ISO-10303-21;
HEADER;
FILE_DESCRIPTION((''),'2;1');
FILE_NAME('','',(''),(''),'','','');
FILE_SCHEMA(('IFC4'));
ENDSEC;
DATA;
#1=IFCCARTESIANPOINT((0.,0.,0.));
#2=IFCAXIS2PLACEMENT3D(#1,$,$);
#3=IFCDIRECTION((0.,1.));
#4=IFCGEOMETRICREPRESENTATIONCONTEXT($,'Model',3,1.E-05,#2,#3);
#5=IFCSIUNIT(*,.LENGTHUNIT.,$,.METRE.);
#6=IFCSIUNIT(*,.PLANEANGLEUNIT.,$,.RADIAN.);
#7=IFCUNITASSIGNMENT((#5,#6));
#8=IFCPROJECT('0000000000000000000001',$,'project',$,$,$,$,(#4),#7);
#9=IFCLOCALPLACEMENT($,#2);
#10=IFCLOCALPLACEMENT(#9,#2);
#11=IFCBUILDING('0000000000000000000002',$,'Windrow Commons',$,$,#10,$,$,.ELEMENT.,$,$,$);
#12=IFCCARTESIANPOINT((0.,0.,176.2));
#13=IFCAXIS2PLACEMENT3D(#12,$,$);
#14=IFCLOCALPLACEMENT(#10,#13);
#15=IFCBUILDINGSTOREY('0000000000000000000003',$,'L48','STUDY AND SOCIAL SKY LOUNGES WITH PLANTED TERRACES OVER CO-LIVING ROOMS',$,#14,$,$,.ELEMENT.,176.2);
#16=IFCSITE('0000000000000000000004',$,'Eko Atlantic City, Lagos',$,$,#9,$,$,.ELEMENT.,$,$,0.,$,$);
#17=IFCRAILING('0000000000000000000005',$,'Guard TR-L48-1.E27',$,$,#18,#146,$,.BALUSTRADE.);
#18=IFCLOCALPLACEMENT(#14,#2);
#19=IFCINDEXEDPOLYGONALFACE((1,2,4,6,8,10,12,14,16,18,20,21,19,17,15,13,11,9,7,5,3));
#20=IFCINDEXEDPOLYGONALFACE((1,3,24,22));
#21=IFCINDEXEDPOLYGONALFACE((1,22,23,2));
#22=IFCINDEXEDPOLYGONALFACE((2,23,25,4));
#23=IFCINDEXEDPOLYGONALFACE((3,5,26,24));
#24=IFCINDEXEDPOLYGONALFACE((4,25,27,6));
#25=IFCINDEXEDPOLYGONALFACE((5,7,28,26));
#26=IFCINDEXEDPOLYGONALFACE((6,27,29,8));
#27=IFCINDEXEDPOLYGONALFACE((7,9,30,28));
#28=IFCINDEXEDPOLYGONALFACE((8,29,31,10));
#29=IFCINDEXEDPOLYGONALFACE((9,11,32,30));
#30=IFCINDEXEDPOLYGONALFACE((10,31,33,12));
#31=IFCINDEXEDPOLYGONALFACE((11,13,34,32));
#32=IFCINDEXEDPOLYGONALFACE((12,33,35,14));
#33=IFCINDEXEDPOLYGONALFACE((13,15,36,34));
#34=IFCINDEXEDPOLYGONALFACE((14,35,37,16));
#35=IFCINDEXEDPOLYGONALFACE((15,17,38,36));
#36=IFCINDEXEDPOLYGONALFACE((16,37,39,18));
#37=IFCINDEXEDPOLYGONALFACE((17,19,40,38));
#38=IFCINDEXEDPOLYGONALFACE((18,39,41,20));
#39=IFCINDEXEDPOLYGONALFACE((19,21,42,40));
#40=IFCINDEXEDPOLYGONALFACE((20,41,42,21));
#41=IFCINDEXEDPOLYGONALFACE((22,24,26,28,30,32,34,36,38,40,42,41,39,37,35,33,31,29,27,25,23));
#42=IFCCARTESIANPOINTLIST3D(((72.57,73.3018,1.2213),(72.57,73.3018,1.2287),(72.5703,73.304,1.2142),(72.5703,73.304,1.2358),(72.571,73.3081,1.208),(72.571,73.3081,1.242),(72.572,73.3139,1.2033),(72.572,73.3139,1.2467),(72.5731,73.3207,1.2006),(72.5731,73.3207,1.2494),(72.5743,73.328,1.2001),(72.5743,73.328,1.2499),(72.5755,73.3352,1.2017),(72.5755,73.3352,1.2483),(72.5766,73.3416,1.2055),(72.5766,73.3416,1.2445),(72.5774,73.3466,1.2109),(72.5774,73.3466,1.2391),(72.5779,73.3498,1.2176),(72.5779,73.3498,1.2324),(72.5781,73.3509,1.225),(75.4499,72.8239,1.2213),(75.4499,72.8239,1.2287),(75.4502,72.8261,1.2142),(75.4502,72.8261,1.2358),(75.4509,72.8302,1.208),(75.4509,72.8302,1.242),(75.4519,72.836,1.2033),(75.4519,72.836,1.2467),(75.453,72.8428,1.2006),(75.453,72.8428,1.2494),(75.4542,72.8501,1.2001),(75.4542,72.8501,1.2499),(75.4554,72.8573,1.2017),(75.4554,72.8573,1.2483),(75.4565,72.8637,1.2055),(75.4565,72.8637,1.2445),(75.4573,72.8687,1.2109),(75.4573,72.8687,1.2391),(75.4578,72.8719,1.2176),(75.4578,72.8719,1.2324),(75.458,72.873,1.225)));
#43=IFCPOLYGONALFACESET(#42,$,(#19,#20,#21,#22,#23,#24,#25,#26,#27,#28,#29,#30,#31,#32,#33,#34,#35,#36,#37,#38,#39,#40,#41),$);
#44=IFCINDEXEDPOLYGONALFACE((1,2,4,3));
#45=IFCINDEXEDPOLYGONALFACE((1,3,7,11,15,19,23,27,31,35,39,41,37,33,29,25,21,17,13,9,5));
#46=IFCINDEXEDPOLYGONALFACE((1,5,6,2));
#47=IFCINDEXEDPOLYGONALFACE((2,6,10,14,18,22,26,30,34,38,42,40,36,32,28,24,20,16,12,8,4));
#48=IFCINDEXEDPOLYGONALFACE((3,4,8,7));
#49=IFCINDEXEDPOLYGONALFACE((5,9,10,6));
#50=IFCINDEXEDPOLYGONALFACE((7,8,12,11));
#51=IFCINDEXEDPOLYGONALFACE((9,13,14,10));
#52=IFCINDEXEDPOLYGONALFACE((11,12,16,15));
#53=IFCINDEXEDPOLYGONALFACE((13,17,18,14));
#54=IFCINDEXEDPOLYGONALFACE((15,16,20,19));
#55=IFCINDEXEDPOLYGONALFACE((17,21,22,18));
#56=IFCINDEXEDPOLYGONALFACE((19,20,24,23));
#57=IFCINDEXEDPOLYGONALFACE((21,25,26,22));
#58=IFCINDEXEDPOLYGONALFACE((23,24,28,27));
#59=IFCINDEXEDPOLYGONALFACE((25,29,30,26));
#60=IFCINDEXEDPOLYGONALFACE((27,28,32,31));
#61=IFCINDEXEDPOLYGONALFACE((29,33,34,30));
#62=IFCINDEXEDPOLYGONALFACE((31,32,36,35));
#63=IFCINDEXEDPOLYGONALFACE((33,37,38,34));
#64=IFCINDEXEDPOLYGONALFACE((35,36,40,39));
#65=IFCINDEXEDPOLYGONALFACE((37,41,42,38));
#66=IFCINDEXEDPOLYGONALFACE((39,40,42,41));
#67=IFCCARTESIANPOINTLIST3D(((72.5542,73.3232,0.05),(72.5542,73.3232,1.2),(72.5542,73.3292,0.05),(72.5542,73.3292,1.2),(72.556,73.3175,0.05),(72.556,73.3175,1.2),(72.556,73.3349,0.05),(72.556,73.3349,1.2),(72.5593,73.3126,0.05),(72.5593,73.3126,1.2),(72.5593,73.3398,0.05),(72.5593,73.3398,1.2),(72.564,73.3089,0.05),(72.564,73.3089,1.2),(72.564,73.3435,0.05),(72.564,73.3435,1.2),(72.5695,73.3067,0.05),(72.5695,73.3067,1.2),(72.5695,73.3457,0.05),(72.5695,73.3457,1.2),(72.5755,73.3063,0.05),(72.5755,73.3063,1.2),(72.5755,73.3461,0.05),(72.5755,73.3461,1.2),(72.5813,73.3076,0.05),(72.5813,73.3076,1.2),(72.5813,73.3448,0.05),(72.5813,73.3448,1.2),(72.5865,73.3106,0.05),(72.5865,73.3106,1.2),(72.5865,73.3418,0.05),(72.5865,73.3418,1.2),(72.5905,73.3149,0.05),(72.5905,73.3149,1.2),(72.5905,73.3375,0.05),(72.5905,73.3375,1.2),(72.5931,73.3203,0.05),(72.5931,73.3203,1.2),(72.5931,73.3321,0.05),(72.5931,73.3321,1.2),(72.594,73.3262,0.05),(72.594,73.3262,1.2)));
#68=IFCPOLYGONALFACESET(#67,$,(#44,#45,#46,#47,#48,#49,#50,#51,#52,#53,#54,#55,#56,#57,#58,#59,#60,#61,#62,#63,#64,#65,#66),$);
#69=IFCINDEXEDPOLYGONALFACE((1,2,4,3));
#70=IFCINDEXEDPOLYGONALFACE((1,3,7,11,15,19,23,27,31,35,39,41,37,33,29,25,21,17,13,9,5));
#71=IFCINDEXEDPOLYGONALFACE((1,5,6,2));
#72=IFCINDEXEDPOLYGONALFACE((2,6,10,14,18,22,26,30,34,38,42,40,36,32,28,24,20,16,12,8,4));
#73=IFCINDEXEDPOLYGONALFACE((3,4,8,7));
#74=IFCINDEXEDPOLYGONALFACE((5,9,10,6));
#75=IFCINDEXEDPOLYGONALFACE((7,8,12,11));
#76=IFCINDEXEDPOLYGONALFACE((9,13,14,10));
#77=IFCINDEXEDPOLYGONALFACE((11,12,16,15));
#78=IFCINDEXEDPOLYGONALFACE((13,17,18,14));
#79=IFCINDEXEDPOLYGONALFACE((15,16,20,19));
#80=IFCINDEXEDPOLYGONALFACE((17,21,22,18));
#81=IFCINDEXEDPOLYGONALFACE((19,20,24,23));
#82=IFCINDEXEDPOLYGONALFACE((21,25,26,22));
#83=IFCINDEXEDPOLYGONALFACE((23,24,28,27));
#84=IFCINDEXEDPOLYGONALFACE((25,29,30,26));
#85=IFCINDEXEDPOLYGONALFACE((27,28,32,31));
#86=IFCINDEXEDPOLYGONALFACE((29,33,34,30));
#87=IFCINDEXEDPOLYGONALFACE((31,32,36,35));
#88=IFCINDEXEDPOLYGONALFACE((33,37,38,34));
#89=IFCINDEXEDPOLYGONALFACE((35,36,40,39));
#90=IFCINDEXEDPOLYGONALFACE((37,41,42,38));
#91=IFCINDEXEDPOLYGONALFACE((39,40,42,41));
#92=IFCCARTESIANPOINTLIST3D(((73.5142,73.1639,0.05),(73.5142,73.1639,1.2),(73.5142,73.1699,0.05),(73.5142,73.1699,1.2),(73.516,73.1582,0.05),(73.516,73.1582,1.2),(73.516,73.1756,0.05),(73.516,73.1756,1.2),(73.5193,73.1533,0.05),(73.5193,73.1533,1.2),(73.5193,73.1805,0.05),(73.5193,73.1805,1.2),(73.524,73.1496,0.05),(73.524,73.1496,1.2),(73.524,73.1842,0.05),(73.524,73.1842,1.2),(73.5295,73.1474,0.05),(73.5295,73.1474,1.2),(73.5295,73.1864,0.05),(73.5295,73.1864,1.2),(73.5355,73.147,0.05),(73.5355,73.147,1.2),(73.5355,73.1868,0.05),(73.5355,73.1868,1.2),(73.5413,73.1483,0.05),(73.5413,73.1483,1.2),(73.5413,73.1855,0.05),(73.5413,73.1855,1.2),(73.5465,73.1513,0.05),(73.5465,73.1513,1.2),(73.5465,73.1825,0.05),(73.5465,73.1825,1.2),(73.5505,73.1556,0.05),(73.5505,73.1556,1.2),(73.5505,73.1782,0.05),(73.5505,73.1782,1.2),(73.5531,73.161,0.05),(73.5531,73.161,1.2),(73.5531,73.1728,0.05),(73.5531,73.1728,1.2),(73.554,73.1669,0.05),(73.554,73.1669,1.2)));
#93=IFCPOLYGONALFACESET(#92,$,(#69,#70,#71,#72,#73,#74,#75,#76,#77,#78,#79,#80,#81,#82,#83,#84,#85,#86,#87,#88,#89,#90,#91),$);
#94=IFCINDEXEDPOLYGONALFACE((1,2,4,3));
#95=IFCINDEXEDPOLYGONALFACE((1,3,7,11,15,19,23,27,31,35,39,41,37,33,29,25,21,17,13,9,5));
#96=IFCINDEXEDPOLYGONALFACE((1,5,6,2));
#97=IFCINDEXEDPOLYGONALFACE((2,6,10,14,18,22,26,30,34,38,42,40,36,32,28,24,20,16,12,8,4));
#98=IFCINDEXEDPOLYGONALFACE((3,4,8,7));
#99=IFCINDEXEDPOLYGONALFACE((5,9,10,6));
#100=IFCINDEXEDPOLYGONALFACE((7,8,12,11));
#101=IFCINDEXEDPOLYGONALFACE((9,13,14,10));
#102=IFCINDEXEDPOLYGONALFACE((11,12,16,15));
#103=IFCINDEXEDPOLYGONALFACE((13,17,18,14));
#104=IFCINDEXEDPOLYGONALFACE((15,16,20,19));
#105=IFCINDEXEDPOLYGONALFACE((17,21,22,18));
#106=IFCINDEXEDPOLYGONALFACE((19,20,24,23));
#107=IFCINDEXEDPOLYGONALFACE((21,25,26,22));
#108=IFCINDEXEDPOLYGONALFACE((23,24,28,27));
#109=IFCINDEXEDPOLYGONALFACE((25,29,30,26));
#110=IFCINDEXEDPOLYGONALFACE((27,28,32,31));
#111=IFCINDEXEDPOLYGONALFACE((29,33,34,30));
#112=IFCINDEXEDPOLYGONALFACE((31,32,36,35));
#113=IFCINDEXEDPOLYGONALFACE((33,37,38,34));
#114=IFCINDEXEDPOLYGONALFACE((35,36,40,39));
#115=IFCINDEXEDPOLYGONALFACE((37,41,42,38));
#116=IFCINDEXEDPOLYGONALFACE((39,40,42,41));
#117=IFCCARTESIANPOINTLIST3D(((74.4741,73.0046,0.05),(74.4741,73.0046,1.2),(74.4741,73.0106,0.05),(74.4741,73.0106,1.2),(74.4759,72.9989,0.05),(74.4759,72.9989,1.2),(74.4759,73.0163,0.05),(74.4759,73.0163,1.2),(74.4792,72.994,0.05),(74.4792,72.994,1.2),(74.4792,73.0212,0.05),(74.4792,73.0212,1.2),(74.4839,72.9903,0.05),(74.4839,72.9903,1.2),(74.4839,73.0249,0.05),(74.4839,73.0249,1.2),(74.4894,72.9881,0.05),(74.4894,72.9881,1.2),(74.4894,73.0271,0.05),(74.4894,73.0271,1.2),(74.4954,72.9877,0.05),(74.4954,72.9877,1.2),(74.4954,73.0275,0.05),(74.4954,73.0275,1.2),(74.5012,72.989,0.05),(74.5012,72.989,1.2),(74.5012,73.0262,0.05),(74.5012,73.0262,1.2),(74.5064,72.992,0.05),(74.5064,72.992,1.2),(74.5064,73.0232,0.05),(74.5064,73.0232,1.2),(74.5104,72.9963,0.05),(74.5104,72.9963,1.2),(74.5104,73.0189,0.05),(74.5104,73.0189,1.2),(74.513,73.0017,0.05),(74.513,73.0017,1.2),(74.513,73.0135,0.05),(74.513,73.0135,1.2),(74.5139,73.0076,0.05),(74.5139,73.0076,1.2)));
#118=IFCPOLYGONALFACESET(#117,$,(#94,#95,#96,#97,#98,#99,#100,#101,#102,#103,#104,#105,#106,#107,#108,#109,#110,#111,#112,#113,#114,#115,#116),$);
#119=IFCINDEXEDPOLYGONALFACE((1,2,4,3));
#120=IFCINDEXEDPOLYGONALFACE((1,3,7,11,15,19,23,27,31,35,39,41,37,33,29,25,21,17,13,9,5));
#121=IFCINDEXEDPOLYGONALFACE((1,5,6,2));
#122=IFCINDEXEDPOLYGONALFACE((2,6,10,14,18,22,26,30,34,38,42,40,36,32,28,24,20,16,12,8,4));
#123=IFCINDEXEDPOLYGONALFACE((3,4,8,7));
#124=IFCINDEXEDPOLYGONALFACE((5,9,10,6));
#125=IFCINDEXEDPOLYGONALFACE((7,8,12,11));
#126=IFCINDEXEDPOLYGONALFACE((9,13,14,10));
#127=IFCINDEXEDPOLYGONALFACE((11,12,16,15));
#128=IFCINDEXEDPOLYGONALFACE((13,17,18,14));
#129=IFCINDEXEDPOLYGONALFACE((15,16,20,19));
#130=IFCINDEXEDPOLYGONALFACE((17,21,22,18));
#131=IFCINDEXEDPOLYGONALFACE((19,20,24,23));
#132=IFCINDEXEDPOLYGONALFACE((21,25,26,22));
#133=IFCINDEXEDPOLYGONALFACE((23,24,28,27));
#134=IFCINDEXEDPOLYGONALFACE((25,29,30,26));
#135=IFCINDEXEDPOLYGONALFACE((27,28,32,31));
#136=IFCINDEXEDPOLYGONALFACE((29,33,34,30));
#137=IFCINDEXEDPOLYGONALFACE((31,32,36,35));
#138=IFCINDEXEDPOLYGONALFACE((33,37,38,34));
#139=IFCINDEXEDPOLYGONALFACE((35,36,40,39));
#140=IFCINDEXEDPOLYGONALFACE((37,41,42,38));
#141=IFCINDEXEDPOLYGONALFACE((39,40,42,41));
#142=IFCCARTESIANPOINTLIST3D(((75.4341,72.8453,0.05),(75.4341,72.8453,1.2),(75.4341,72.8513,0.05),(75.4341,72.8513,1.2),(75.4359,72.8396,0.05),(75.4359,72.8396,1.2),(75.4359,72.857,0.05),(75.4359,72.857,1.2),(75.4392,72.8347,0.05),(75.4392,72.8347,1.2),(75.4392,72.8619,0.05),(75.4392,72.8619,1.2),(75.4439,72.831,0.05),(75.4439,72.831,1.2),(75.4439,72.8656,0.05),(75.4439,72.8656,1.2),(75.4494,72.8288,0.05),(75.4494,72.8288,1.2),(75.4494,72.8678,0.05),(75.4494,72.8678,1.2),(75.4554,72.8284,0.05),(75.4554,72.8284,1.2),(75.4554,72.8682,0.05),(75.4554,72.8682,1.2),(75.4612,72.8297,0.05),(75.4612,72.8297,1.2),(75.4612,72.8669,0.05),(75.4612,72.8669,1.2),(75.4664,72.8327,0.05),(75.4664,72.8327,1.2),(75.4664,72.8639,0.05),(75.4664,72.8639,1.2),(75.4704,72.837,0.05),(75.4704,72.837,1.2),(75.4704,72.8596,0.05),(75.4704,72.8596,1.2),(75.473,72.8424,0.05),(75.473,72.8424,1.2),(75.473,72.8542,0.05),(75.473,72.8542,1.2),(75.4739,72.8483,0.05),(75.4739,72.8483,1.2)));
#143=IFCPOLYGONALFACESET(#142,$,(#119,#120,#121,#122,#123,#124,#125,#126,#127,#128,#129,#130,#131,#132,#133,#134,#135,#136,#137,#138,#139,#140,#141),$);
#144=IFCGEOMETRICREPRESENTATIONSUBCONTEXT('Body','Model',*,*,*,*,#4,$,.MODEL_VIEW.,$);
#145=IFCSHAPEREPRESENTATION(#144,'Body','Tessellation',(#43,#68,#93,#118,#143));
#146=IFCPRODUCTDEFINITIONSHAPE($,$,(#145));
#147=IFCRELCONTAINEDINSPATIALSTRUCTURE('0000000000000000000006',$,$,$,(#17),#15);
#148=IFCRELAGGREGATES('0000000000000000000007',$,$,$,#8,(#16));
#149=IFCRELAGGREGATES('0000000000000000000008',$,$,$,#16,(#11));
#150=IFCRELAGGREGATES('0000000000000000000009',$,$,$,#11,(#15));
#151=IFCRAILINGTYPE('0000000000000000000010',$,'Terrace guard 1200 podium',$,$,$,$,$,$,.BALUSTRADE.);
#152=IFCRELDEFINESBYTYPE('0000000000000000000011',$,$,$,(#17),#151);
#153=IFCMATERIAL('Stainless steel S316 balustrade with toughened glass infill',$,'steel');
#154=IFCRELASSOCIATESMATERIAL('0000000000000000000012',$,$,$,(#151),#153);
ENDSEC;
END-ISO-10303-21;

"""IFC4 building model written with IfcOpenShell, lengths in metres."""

from ifc_helpers import new_model, si_unit, direction, frame, origin, origin_2d, place, context, subcontext, project, spatial, circle, extrude, material, type_object, element, save


model = new_model("IFC4")

# Units and contexts
model_context = context("Model", 3, precision=1e-05, world=origin(), true_north=direction((0.0, 1.0)))
body_context = subcontext(model_context, "Body", "Model", "MODEL_VIEW")
ifc_project = project(units=[si_unit("LENGTHUNIT", "METRE"), si_unit("PLANEANGLEUNIT", "RADIAN")], contexts=[model_context])

# Site, building, storey
site_placement = place(None, origin())
site = spatial("IfcSite", under=ifc_project, at=site_placement, Name="Eko Atlantic City, Lagos", CompositionType="ELEMENT", RefElevation=0.0)
building_placement = place(site_placement, origin())
building = spatial("IfcBuilding", under=site, at=building_placement, Name="Windrow Commons", CompositionType="ELEMENT")
storey_placement = place(building_placement, frame((0.0, 0.0, 176.2)))
storey = spatial("IfcBuildingStorey", under=building, at=storey_placement, Name="L48", Description="STUDY AND SOCIAL SKY LOUNGES WITH PLANTED TERRACES OVER CO-LIVING ROOMS", CompositionType="ELEMENT", Elevation=176.2)

# Railing
ifc_material_1 = material(Name="Stainless steel S316 balustrade with toughened glass infill", Category="steel")
railing_type_1 = type_object("IfcRailingType", Name="Terrace guard 1200 podium", PredefinedType="BALUSTRADE", material=ifc_material_1)
railing_1_placement = place(storey_placement, frame((72.574, 73.3262, 0.05)))
element("IfcRailing", 1, at=railing_1_placement, inside=storey, type_object=railing_type_1, Name="Guard TR-L48-1.E27", PredefinedType="BALUSTRADE", context=body_context, shape_type="SweptSolid", body=[
    extrude(circle(Radius=0.025, at=origin_2d()), frame((0.0, 0.0, 1.175), z_axis=(0.986509, -0.163705, 0.0), x_axis=(0.163705, 0.986509, 0.0)), (0.0, 0.0, 1.0), 2.9193),
    extrude(circle(Radius=0.02, at=origin_2d()), origin(), (0.0, 0.0, 1.0), 1.15),
    extrude(circle(Radius=0.02, at=origin_2d()), frame((0.96, -0.1593, 0.0)), (0.0, 0.0, 1.0), 1.15),
    extrude(circle(Radius=0.02, at=origin_2d()), frame((1.9199, -0.3186, 0.0)), (0.0, 0.0, 1.0), 1.15),
    extrude(circle(Radius=0.02, at=origin_2d()), frame((2.8799, -0.4779, 0.0)), (0.0, 0.0, 1.0), 1.15),
])

save(model, "model.ifc")
